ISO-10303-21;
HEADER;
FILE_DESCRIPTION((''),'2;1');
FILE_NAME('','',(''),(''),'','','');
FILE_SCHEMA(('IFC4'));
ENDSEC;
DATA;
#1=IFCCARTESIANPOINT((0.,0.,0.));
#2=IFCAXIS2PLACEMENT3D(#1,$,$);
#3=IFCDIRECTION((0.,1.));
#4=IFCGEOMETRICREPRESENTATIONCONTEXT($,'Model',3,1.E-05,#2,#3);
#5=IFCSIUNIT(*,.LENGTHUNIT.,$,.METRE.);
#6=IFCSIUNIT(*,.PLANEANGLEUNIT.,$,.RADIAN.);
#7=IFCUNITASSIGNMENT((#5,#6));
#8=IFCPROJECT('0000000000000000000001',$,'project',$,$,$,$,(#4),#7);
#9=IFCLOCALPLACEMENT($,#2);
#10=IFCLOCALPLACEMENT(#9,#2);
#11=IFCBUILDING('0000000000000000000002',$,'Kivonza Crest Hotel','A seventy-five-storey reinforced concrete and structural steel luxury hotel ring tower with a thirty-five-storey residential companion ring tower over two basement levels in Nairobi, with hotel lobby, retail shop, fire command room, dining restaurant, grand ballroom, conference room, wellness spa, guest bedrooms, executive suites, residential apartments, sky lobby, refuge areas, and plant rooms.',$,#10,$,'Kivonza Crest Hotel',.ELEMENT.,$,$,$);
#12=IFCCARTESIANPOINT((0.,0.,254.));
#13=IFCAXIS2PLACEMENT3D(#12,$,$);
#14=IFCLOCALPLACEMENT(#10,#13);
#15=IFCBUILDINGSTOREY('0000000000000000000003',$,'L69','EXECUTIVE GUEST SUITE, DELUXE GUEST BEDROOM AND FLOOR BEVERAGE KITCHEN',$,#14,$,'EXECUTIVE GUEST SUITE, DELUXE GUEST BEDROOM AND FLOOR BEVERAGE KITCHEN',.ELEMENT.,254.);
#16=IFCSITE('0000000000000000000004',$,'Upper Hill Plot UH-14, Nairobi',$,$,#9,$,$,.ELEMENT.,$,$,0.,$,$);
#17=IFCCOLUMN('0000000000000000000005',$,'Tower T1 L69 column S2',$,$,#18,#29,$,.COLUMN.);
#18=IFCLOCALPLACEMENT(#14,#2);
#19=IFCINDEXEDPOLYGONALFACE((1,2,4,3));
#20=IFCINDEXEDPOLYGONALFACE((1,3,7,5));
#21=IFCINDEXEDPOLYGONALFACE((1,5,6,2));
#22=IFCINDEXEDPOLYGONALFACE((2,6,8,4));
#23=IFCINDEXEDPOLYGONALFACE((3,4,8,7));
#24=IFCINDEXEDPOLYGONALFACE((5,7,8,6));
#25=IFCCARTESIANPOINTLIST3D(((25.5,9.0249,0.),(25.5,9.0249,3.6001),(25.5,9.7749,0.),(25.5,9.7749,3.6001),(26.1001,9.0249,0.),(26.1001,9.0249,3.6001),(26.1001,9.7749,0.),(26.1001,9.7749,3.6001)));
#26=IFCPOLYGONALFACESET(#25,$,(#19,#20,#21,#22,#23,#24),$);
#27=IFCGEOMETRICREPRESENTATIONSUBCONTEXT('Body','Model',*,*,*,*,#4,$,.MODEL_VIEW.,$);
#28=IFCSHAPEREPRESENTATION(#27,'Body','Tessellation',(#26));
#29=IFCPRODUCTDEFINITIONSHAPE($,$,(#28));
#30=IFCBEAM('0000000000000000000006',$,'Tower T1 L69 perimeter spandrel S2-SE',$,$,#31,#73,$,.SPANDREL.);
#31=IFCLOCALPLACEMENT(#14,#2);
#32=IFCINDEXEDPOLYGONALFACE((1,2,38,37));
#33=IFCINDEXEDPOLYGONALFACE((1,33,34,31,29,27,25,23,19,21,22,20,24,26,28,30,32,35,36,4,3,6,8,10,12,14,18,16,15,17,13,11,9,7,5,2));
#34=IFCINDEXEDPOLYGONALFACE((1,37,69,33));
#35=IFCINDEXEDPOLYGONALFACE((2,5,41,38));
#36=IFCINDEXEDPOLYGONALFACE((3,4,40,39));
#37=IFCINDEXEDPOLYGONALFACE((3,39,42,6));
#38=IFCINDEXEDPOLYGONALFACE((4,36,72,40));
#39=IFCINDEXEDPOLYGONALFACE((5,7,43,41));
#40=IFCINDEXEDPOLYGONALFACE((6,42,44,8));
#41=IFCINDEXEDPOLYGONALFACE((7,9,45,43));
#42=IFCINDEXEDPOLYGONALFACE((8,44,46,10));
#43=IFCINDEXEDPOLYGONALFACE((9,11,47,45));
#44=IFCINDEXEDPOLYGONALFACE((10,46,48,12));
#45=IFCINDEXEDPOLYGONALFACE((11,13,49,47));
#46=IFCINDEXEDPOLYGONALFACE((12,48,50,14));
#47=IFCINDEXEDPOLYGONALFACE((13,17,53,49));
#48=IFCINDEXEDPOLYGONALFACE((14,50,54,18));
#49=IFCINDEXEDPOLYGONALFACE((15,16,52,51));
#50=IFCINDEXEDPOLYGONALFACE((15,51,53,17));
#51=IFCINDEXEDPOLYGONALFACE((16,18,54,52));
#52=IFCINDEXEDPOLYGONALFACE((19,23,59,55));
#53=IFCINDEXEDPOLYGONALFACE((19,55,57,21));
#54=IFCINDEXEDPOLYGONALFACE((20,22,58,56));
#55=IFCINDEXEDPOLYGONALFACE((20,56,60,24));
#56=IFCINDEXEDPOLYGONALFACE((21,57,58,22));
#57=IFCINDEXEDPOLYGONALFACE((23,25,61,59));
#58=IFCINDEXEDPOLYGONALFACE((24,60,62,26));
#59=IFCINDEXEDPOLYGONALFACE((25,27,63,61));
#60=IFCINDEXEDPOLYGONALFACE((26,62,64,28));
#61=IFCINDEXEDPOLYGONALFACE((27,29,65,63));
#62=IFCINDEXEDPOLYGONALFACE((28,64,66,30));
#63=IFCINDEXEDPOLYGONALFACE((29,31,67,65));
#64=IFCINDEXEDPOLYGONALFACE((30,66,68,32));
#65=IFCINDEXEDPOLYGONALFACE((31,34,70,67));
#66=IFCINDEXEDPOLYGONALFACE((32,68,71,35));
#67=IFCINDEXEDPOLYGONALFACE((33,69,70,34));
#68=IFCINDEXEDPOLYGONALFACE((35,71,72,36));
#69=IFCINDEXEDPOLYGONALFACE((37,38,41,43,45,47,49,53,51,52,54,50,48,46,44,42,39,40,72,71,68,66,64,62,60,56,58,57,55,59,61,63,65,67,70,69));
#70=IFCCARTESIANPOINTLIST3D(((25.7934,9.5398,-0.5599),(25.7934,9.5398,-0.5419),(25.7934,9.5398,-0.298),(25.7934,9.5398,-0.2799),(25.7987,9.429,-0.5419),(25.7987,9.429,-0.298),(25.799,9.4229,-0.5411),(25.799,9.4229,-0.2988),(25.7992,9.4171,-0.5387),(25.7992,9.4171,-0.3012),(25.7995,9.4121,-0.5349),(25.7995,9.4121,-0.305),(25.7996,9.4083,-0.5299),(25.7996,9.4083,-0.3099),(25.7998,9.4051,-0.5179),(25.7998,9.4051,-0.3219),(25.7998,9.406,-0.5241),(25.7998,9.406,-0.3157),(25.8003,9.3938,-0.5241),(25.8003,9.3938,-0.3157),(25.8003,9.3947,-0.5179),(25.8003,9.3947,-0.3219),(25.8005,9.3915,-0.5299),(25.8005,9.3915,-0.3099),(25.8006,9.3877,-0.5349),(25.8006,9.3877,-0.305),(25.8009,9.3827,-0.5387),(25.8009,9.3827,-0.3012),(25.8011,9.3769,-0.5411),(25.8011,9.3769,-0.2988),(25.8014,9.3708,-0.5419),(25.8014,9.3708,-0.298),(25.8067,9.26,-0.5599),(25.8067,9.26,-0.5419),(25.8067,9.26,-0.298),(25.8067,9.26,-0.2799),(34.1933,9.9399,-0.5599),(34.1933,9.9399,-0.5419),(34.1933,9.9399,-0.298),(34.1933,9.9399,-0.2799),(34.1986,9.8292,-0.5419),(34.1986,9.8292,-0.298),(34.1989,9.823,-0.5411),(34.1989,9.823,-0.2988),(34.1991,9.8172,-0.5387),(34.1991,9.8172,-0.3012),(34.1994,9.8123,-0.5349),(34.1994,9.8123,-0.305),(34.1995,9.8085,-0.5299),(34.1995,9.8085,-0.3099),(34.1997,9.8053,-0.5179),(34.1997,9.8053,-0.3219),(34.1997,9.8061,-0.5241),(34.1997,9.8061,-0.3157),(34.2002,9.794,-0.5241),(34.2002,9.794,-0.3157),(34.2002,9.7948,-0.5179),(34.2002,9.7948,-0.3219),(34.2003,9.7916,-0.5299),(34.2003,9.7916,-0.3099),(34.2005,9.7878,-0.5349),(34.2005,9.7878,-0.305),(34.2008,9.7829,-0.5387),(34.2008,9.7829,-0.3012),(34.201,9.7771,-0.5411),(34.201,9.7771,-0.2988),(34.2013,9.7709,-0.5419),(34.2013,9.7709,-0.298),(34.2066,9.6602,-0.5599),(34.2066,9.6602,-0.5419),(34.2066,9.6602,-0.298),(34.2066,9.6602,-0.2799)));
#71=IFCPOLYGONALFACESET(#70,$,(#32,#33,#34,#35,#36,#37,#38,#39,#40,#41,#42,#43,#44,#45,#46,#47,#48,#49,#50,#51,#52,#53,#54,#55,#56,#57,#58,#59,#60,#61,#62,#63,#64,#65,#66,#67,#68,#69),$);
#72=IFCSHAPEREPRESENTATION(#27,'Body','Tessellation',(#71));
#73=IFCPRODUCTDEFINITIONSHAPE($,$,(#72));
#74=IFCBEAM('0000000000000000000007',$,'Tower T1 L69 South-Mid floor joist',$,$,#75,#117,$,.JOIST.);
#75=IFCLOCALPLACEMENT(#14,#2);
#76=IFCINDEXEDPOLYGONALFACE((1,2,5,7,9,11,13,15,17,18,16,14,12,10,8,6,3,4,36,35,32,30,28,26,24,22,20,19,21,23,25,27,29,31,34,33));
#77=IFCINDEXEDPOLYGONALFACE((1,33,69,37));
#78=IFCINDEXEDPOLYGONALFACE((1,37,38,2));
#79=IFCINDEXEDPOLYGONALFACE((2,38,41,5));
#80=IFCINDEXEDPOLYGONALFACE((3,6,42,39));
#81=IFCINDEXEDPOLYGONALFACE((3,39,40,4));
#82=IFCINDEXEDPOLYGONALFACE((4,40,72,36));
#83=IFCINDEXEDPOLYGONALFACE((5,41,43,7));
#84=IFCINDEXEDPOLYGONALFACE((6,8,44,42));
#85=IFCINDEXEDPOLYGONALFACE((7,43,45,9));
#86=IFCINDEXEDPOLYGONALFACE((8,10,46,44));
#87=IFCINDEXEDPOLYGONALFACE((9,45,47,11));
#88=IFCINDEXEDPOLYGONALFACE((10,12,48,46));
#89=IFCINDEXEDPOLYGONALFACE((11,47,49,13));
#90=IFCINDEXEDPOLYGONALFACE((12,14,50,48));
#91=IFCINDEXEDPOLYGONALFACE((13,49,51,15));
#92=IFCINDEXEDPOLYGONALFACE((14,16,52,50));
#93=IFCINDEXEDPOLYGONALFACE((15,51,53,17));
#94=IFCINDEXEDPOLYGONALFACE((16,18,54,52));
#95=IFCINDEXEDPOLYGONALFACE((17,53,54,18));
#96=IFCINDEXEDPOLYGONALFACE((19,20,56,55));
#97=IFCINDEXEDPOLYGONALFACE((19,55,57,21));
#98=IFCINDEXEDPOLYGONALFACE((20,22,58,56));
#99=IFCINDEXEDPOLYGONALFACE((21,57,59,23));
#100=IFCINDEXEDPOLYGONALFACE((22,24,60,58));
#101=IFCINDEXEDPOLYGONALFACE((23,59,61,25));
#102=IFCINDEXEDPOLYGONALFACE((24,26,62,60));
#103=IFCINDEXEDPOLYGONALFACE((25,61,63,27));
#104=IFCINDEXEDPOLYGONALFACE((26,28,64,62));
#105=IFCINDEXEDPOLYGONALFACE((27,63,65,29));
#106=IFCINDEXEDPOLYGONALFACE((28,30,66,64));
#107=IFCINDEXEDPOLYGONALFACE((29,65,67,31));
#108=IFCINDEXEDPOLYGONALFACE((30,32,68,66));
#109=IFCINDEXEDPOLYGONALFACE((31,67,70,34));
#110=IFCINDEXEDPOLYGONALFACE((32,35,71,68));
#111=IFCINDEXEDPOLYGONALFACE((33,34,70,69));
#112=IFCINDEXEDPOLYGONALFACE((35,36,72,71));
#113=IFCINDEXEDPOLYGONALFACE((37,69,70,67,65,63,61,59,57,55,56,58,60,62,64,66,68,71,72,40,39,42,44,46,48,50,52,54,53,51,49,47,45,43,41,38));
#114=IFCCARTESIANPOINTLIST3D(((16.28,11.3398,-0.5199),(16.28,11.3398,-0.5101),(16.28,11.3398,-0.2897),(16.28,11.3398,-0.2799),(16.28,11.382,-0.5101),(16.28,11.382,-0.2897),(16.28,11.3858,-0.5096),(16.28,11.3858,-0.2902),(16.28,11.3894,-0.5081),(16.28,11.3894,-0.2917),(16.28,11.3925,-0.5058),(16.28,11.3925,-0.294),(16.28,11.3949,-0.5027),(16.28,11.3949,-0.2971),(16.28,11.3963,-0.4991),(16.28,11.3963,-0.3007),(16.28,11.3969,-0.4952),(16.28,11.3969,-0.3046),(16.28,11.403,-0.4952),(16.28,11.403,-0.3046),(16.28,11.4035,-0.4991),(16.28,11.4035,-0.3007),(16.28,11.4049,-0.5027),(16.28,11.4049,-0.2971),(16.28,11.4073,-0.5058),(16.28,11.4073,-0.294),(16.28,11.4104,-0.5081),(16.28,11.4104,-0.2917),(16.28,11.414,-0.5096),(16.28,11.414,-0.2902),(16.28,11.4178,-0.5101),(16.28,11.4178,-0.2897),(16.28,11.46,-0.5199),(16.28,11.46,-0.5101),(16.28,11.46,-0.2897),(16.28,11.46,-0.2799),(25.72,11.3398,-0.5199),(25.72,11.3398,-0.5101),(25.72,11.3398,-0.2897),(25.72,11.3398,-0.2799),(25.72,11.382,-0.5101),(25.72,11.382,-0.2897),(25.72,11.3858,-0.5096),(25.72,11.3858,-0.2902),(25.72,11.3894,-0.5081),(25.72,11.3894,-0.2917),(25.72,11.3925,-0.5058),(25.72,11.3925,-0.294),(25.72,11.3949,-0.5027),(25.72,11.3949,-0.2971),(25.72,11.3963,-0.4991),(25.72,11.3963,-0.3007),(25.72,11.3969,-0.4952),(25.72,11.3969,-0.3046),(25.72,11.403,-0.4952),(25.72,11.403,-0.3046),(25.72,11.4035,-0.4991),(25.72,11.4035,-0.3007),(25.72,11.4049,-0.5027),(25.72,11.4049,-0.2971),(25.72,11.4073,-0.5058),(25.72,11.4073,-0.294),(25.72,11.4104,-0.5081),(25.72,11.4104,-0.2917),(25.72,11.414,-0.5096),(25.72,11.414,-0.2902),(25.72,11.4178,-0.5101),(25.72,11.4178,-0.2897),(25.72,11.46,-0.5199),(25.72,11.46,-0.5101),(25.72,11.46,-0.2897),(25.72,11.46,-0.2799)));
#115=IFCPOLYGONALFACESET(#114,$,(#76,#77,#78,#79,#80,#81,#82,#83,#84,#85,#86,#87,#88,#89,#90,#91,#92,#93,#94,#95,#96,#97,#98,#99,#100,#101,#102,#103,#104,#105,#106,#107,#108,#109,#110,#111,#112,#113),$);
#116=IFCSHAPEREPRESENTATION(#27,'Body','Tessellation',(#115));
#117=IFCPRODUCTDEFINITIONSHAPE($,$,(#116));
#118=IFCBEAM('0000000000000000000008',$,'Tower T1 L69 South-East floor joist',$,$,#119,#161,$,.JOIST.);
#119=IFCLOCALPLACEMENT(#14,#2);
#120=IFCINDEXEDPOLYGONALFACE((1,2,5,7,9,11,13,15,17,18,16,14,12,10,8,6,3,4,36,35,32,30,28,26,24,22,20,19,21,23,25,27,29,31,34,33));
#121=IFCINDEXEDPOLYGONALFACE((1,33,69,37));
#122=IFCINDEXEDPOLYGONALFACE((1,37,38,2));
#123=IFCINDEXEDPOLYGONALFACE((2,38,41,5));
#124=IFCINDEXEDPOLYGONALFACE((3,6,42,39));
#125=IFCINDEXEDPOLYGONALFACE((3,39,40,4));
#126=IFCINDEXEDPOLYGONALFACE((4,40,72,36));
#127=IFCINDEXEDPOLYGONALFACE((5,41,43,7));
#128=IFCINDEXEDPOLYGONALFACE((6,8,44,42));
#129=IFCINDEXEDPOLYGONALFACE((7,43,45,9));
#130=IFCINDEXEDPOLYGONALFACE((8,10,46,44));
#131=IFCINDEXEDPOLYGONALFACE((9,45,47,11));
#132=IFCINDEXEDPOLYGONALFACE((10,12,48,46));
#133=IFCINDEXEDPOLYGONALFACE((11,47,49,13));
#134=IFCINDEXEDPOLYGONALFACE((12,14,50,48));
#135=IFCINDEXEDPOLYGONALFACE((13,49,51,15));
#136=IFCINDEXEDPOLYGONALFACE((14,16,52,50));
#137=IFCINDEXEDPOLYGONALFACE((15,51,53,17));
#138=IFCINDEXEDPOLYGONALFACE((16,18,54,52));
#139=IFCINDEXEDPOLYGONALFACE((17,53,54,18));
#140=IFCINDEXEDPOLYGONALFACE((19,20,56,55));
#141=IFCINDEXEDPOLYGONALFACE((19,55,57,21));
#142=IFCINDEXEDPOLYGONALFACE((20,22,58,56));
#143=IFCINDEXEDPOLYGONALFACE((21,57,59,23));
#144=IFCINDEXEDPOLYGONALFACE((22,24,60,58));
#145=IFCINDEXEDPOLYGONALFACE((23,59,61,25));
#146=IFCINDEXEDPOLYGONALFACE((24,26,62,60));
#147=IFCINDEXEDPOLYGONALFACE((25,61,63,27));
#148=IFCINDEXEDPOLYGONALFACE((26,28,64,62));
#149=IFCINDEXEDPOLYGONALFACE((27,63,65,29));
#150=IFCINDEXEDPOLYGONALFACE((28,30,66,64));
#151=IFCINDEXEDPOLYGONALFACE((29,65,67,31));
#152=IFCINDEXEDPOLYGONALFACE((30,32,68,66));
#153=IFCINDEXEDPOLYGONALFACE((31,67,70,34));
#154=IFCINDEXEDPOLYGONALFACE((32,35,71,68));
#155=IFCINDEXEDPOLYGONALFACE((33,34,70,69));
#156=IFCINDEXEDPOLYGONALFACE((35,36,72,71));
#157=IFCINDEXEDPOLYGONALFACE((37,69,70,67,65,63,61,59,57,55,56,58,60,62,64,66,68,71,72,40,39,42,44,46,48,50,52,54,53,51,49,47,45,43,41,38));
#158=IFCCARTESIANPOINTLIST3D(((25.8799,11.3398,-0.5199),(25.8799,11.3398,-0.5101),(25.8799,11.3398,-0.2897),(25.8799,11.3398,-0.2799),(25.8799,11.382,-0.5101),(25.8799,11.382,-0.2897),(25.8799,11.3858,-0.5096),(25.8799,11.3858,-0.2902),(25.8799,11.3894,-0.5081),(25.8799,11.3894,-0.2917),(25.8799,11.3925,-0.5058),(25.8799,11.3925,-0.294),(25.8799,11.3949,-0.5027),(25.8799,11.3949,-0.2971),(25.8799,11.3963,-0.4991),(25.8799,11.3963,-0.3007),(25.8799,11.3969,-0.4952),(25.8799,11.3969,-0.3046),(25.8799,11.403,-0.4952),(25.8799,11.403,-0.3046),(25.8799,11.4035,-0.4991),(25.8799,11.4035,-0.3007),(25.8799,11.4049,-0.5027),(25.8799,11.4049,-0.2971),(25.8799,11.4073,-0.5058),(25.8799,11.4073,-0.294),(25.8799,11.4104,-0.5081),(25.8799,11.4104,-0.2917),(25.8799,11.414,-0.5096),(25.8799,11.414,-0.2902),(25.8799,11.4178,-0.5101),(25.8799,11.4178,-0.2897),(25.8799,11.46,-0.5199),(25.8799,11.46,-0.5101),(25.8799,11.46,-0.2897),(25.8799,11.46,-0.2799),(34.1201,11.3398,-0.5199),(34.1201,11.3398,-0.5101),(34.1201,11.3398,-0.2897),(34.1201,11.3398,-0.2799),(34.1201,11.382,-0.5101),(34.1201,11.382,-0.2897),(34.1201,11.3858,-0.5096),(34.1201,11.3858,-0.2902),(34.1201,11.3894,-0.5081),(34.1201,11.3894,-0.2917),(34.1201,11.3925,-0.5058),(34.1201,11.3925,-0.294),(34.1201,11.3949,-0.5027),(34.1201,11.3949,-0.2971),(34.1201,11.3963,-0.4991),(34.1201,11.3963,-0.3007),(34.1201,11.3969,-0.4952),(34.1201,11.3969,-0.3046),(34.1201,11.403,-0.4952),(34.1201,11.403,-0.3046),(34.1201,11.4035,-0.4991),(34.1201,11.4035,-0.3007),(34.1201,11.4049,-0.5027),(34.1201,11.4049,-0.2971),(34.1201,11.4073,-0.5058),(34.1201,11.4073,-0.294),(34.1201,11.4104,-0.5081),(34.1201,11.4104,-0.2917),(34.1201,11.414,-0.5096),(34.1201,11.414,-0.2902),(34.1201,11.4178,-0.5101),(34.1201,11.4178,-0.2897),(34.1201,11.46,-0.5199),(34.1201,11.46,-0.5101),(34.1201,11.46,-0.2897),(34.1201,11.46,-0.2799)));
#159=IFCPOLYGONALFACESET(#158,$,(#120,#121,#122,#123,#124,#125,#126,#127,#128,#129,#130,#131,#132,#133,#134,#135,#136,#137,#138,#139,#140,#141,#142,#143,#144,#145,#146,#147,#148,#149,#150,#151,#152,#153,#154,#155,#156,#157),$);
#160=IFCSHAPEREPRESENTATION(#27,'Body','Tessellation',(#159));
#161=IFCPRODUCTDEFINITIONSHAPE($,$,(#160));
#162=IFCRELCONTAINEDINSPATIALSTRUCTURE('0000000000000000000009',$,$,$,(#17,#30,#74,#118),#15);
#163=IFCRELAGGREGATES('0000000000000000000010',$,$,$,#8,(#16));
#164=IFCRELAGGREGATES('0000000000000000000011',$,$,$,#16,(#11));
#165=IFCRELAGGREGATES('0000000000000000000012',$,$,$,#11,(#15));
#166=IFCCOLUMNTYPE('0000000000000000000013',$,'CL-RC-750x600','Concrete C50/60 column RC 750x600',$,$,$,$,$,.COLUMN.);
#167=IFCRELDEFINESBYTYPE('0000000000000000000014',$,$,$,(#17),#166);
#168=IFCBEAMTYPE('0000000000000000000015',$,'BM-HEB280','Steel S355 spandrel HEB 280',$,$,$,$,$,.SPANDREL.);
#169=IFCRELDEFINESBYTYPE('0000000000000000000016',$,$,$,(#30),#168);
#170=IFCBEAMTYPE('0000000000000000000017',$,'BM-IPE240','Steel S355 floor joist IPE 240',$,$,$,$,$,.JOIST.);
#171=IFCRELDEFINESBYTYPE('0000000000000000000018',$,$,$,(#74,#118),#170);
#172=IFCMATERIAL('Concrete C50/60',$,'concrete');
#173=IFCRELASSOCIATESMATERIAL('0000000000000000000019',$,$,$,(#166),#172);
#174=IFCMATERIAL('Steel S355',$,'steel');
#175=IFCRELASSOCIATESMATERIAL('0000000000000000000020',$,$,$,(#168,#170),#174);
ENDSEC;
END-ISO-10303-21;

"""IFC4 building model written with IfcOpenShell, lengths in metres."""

from ifc_helpers import new_model, si_unit, direction, frame, origin, origin_2d, place, context, subcontext, project, spatial, rectangle, i_section, extrude, material, material_profile, profile_set, type_object, element, save


model = new_model("IFC4")

# Units and contexts
model_context = context("Model", 3, precision=1e-05, world=origin(), true_north=direction((0.0, 1.0)))
body_context = subcontext(model_context, "Body", "Model", "MODEL_VIEW")
ifc_project = project(units=[si_unit("LENGTHUNIT", "METRE"), si_unit("PLANEANGLEUNIT", "RADIAN")], contexts=[model_context])

# Site, building, storey
site_placement = place(None, origin())
site = spatial("IfcSite", under=ifc_project, at=site_placement, Name="Upper Hill Plot UH-14, Nairobi", CompositionType="ELEMENT", RefElevation=0.0)
building_placement = place(site_placement, origin())
building = spatial("IfcBuilding", under=site, at=building_placement, Name="Kivonza Crest Hotel", Description="A seventy-five-storey reinforced concrete and structural steel luxury hotel ring tower with a thirty-five-storey residential companion ring tower over two basement levels in Nairobi, with hotel lobby, retail shop, fire command room, dining restaurant, grand ballroom, conference room, wellness spa, guest bedrooms, executive suites, residential apartments, sky lobby, refuge areas, and plant rooms.", LongName="Kivonza Crest Hotel", CompositionType="ELEMENT")
storey_placement = place(building_placement, frame((0.0, 0.0, 254.0)))
storey = spatial("IfcBuildingStorey", under=building, at=storey_placement, Name="L69", Description="EXECUTIVE GUEST SUITE, DELUXE GUEST BEDROOM AND FLOOR BEVERAGE KITCHEN", LongName="EXECUTIVE GUEST SUITE, DELUXE GUEST BEDROOM AND FLOOR BEVERAGE KITCHEN", CompositionType="ELEMENT", Elevation=254.0)

# Column
ifc_material_1 = material(Name="Concrete C50/60", Category="concrete")
ifc_material_profile_1 = material_profile(ifc_material_1, rectangle(XDim=0.6001, YDim=0.75, at=origin_2d()), Name="RC 750x600")
ifc_profile_set_1 = profile_set([ifc_material_profile_1], Name="Concrete C50/60")
column_type = type_object("IfcColumnType", Name="CL-RC-750x600", Description="Concrete C50/60 column RC 750x600", PredefinedType="COLUMN", material=ifc_profile_set_1)
column_placement = place(storey_placement, frame((25.8, 9.3999, 0.0), z_axis=(0.0, 0.0, 1.0), x_axis=(1.0, 0.0, 0.0)))
element("IfcColumn", 1, at=column_placement, inside=storey, type_object=column_type, Name="Tower T1 L69 column S2", PredefinedType="COLUMN", context=body_context, shape_type="SweptSolid", body=[
    extrude(rectangle(XDim=0.6001, YDim=0.75, at=origin_2d()), origin(), (0.0, 0.0, 1.0), 3.6001),
])

# Beams
ifc_material_2 = material(Name="Steel S355", Category="steel")
ifc_material_profile_2 = material_profile(ifc_material_2, i_section(OverallWidth=0.28, OverallDepth=0.28, WebThickness=0.0105, FlangeThickness=0.0181, FilletRadius=0.0239, at=origin_2d()), Name="HEB 280")
ifc_profile_set_2 = profile_set([ifc_material_profile_2], Name="Steel S355")
beam_type_1 = type_object("IfcBeamType", Name="BM-HEB280", Description="Steel S355 spandrel HEB 280", PredefinedType="SPANDREL", material=ifc_profile_set_2)
beam_1_placement = place(storey_placement, frame((25.8, 9.3999, -0.4199), z_axis=(0.998867, 0.047583, 0.0), x_axis=(-0.047583, 0.998867, 0.0)))
element("IfcBeam", 2, at=beam_1_placement, inside=storey, type_object=beam_type_1, Name="Tower T1 L69 perimeter spandrel S2-SE", PredefinedType="SPANDREL", context=body_context, shape_type="SweptSolid", body=[
    extrude(i_section(OverallWidth=0.28, OverallDepth=0.28, WebThickness=0.0105, FlangeThickness=0.0181, FilletRadius=0.0239, at=origin_2d()), origin(), (0.0, 0.0, 1.0), 8.4094),
])
ifc_material_profile_3 = material_profile(ifc_material_2, i_section(OverallWidth=0.1201, OverallDepth=0.24, WebThickness=0.0061, FlangeThickness=0.0098, FilletRadius=0.0149, at=origin_2d()), Name="IPE 240")
ifc_profile_set_3 = profile_set([ifc_material_profile_3], Name="Steel S355")
beam_type_2 = type_object("IfcBeamType", Name="BM-IPE240", Description="Steel S355 floor joist IPE 240", PredefinedType="JOIST", material=ifc_profile_set_3)
beam_2_placement = place(storey_placement, frame((16.28, 11.3999, -0.3999), z_axis=(1.0, 0.0, 0.0), x_axis=(0.0, 1.0, 0.0)))
element("IfcBeam", 3, at=beam_2_placement, inside=storey, type_object=beam_type_2, Name="Tower T1 L69 South-Mid floor joist", PredefinedType="JOIST", context=body_context, shape_type="SweptSolid", body=[
    extrude(i_section(OverallWidth=0.1201, OverallDepth=0.24, WebThickness=0.0061, FlangeThickness=0.0098, FilletRadius=0.0149, at=origin_2d()), origin(), (0.0, 0.0, 1.0), 9.4399),
])
beam_3_placement = place(storey_placement, frame((25.8799, 11.3999, -0.3999), z_axis=(1.0, 0.0, 0.0), x_axis=(0.0, 1.0, 0.0)))
element("IfcBeam", 4, at=beam_3_placement, inside=storey, type_object=beam_type_2, Name="Tower T1 L69 South-East floor joist", PredefinedType="JOIST", context=body_context, shape_type="SweptSolid", body=[
    extrude(i_section(OverallWidth=0.1201, OverallDepth=0.24, WebThickness=0.0061, FlangeThickness=0.0098, FilletRadius=0.0149, at=origin_2d()), origin(), (0.0, 0.0, 1.0), 8.2402),
])

save(model, "model.ifc")
